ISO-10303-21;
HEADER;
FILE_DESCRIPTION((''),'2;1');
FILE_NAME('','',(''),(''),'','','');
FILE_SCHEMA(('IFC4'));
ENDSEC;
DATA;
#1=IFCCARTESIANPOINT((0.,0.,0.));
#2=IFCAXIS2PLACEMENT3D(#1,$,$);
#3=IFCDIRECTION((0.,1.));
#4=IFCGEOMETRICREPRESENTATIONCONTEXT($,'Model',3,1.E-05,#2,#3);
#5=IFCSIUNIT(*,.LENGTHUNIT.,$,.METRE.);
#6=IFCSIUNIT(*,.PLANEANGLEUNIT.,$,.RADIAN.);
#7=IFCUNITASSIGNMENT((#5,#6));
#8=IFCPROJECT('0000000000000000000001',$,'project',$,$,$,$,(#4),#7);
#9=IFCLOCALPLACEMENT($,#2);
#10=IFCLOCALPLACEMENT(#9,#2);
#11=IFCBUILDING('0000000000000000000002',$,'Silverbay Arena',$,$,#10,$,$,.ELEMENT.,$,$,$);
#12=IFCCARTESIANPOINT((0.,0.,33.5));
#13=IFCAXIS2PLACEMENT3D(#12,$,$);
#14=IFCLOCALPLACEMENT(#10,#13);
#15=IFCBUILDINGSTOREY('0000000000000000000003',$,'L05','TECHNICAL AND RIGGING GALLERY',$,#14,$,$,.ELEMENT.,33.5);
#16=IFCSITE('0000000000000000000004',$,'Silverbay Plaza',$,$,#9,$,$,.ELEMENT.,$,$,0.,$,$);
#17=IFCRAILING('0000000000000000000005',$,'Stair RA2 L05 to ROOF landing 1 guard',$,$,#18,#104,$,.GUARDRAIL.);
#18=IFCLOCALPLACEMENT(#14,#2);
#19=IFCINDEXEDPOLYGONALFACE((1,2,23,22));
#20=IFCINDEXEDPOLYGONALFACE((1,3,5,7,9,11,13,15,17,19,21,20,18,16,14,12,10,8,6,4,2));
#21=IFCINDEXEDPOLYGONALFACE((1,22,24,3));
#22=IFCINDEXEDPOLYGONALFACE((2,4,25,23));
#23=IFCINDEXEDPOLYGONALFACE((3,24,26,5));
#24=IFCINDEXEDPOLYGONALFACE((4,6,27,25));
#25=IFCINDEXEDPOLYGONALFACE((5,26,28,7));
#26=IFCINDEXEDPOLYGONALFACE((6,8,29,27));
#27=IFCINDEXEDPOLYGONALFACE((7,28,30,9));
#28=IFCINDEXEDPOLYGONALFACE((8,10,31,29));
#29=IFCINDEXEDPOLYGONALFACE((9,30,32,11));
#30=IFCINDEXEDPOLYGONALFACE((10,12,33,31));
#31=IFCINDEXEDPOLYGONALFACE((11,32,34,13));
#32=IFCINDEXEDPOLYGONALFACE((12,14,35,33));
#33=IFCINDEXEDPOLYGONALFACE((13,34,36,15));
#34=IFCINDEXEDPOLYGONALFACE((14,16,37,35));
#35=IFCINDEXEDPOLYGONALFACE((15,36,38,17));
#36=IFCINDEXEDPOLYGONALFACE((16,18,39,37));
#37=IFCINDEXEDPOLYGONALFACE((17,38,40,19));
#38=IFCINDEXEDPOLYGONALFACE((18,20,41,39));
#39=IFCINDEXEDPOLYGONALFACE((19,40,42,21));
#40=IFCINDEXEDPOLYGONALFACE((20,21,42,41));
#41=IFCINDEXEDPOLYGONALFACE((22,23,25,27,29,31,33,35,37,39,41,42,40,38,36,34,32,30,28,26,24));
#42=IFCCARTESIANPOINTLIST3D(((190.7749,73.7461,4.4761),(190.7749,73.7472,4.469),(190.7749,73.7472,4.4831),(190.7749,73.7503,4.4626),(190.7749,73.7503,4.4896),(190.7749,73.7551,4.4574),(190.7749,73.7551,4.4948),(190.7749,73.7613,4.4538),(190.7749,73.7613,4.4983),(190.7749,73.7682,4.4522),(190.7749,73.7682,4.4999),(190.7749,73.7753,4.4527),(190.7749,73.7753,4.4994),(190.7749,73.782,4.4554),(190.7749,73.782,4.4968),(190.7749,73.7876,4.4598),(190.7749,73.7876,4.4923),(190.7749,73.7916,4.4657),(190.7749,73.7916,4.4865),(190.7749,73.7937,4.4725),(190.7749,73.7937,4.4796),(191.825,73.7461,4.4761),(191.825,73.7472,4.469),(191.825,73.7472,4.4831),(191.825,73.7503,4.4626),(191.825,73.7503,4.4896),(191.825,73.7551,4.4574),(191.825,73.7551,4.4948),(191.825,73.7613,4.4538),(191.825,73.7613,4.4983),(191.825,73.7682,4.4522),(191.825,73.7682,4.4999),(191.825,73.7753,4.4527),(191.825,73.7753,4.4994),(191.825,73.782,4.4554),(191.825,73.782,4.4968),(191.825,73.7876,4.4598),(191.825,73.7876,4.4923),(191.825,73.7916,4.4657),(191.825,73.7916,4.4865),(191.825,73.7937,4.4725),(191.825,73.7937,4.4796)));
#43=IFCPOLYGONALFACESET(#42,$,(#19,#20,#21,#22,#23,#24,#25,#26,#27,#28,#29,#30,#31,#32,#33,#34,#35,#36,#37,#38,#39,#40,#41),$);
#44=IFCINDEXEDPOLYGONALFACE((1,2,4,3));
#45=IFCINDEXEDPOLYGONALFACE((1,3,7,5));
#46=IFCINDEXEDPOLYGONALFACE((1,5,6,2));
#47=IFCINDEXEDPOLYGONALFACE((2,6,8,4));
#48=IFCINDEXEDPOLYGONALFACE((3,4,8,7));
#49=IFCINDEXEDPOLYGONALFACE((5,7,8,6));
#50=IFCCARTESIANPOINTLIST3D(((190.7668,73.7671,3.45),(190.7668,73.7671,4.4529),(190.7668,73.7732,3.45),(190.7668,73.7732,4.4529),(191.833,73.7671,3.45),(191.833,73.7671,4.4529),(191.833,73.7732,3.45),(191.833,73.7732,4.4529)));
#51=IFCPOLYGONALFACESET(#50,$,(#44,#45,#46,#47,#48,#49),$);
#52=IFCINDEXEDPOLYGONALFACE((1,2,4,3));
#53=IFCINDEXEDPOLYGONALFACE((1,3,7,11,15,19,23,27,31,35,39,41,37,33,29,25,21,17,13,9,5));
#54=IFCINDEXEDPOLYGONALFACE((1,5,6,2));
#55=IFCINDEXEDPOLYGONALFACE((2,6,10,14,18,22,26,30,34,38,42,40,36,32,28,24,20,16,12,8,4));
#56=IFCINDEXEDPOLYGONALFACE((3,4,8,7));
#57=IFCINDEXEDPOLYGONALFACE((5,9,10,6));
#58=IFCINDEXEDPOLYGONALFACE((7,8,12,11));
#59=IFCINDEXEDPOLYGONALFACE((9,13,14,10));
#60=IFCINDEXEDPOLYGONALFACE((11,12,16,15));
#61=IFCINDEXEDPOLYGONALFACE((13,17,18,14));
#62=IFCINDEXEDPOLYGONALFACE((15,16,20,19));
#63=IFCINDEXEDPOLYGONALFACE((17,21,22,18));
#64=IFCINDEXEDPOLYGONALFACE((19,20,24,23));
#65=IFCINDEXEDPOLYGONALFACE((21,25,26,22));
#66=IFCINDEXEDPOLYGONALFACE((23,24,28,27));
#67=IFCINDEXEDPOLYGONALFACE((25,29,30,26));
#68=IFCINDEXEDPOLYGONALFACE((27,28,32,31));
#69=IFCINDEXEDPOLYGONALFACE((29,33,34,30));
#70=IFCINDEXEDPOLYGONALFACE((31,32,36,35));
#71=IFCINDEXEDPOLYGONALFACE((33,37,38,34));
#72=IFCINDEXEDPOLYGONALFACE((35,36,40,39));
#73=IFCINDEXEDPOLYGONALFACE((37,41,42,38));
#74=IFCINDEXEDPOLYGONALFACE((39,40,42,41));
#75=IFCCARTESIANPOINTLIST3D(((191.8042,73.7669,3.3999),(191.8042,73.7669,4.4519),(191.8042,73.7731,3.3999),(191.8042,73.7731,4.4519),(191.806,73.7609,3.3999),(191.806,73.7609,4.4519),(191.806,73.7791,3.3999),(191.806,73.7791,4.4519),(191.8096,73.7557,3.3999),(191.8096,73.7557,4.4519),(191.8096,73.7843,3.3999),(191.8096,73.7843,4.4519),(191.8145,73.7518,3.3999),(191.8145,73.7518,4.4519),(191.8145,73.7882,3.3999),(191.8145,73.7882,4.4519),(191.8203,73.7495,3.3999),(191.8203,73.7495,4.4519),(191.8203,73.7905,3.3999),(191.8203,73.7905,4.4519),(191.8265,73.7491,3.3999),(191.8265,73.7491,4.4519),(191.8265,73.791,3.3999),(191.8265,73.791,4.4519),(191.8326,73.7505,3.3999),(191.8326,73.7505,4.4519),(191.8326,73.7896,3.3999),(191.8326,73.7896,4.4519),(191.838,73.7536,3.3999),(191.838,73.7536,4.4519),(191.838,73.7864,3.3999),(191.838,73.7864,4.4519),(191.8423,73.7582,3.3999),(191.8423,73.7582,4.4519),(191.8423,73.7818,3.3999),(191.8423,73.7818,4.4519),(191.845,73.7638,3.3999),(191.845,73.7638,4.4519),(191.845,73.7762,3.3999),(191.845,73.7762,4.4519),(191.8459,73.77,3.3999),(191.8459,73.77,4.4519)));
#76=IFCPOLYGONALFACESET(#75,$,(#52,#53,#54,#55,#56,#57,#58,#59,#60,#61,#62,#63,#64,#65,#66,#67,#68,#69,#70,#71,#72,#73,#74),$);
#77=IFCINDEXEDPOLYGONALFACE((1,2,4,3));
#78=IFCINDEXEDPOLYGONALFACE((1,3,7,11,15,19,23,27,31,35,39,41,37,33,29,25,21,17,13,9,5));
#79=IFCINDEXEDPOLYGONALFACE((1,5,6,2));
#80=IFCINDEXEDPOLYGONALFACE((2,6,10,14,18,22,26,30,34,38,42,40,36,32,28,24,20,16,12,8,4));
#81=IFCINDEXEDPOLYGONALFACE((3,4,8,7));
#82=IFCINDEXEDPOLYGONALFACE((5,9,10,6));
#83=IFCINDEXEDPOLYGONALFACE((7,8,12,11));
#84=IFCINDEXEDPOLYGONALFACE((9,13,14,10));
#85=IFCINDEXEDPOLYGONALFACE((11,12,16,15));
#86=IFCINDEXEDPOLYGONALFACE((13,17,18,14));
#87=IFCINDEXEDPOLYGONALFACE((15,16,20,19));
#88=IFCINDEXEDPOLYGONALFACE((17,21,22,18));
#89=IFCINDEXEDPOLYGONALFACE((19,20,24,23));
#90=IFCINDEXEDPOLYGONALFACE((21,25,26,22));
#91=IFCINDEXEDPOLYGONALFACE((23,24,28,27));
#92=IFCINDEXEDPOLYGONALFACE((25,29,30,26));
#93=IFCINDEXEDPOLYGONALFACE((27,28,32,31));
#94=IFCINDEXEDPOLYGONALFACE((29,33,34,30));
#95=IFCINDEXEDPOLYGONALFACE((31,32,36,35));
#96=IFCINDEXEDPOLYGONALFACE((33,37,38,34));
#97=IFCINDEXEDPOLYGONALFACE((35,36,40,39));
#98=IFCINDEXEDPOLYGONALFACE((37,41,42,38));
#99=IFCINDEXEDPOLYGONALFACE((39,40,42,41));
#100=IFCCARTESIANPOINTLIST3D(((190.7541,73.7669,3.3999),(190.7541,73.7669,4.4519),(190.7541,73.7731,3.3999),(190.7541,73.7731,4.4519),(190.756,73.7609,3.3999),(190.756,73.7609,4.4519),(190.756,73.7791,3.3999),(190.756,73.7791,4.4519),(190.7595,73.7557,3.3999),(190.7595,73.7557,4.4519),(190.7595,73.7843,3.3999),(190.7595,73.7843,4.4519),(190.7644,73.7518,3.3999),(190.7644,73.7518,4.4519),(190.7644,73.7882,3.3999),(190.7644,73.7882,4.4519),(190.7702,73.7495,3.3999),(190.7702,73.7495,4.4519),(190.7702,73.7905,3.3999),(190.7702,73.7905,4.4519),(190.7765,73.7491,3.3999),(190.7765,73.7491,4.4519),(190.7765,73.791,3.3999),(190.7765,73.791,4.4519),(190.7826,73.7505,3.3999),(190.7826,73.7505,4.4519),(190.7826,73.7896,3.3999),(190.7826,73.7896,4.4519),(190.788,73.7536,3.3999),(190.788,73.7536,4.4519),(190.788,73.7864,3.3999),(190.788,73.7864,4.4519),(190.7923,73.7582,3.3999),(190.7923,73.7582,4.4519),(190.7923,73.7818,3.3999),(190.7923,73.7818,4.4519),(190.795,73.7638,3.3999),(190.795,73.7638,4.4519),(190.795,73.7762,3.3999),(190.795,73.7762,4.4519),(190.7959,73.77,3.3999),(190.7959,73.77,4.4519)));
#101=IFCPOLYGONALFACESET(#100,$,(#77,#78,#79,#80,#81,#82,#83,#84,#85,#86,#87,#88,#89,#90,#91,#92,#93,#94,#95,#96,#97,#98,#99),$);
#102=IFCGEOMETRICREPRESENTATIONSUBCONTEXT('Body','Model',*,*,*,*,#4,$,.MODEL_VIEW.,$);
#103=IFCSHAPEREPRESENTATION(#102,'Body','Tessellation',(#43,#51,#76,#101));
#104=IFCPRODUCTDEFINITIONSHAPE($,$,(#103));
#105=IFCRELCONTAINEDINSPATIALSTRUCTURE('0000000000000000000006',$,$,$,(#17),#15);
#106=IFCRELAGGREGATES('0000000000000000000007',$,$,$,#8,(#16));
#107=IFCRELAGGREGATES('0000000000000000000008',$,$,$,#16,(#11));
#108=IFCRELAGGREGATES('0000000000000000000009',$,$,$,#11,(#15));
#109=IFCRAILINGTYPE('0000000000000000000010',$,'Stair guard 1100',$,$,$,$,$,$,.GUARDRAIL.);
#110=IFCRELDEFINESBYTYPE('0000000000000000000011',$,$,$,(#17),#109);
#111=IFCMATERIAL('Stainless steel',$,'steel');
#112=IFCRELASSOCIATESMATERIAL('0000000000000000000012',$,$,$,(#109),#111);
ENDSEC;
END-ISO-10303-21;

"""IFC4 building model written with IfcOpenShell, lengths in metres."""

from ifc_helpers import new_model, si_unit, direction, frame, origin, origin_2d, place, context, subcontext, project, spatial, polyline, circle, outline, extrude, material, type_object, element, save


model = new_model("IFC4")

# Units and contexts
model_context = context("Model", 3, precision=1e-05, world=origin(), true_north=direction((0.0, 1.0)))
body_context = subcontext(model_context, "Body", "Model", "MODEL_VIEW")
ifc_project = project(units=[si_unit("LENGTHUNIT", "METRE"), si_unit("PLANEANGLEUNIT", "RADIAN")], contexts=[model_context])

# Site, building, storey
site_placement = place(None, origin())
site = spatial("IfcSite", under=ifc_project, at=site_placement, Name="Silverbay Plaza", CompositionType="ELEMENT", RefElevation=0.0)
building_placement = place(site_placement, origin())
building = spatial("IfcBuilding", under=site, at=building_placement, Name="Silverbay Arena", CompositionType="ELEMENT")
storey_placement = place(building_placement, frame((0.0, 0.0, 33.5)))
storey = spatial("IfcBuildingStorey", under=building, at=storey_placement, Name="L05", Description="TECHNICAL AND RIGGING GALLERY", CompositionType="ELEMENT", Elevation=33.5)

# Railing
ifc_material_1 = material(Name="Stainless steel", Category="steel")
railing_type_1 = type_object("IfcRailingType", Name="Stair guard 1100", PredefinedType="GUARDRAIL", material=ifc_material_1)
railing_1_placement = place(storey_placement, frame((191.825, 73.77, 3.3999)))
element("IfcRailing", 1, at=railing_1_placement, inside=storey, type_object=railing_type_1, Name="Stair RA2 L05 to ROOF landing 1 guard", PredefinedType="GUARDRAIL", context=body_context, shape_type="SweptSolid", body=[
    extrude(circle(Radius=0.0239, at=origin_2d()), frame((0.0, 0.0, 1.0762), z_axis=(-1.0, 0.0, 0.0), x_axis=(0.0, -1.0, 0.0)), (0.0, 0.0, 1.0), 1.05),
    extrude(outline(polyline([(-0.0081, 0.05), (1.0581, 0.05), (1.0581, 1.053), (-0.0081, 1.053), (-0.0081, 0.05)])), frame((0.0, -0.0029, 0.0), z_axis=(0.0, 1.0, 0.0), x_axis=(-1.0, 0.0, 0.0)), (0.0, 0.0, 1.0), 0.0061),
    extrude(circle(Radius=0.021, at=origin_2d()), origin(), (0.0, 0.0, 1.0), 1.052),
    extrude(circle(Radius=0.021, at=origin_2d()), frame((-1.05, 0.0, 0.0)), (0.0, 0.0, 1.0), 1.052),
])

save(model, "model.ifc")
